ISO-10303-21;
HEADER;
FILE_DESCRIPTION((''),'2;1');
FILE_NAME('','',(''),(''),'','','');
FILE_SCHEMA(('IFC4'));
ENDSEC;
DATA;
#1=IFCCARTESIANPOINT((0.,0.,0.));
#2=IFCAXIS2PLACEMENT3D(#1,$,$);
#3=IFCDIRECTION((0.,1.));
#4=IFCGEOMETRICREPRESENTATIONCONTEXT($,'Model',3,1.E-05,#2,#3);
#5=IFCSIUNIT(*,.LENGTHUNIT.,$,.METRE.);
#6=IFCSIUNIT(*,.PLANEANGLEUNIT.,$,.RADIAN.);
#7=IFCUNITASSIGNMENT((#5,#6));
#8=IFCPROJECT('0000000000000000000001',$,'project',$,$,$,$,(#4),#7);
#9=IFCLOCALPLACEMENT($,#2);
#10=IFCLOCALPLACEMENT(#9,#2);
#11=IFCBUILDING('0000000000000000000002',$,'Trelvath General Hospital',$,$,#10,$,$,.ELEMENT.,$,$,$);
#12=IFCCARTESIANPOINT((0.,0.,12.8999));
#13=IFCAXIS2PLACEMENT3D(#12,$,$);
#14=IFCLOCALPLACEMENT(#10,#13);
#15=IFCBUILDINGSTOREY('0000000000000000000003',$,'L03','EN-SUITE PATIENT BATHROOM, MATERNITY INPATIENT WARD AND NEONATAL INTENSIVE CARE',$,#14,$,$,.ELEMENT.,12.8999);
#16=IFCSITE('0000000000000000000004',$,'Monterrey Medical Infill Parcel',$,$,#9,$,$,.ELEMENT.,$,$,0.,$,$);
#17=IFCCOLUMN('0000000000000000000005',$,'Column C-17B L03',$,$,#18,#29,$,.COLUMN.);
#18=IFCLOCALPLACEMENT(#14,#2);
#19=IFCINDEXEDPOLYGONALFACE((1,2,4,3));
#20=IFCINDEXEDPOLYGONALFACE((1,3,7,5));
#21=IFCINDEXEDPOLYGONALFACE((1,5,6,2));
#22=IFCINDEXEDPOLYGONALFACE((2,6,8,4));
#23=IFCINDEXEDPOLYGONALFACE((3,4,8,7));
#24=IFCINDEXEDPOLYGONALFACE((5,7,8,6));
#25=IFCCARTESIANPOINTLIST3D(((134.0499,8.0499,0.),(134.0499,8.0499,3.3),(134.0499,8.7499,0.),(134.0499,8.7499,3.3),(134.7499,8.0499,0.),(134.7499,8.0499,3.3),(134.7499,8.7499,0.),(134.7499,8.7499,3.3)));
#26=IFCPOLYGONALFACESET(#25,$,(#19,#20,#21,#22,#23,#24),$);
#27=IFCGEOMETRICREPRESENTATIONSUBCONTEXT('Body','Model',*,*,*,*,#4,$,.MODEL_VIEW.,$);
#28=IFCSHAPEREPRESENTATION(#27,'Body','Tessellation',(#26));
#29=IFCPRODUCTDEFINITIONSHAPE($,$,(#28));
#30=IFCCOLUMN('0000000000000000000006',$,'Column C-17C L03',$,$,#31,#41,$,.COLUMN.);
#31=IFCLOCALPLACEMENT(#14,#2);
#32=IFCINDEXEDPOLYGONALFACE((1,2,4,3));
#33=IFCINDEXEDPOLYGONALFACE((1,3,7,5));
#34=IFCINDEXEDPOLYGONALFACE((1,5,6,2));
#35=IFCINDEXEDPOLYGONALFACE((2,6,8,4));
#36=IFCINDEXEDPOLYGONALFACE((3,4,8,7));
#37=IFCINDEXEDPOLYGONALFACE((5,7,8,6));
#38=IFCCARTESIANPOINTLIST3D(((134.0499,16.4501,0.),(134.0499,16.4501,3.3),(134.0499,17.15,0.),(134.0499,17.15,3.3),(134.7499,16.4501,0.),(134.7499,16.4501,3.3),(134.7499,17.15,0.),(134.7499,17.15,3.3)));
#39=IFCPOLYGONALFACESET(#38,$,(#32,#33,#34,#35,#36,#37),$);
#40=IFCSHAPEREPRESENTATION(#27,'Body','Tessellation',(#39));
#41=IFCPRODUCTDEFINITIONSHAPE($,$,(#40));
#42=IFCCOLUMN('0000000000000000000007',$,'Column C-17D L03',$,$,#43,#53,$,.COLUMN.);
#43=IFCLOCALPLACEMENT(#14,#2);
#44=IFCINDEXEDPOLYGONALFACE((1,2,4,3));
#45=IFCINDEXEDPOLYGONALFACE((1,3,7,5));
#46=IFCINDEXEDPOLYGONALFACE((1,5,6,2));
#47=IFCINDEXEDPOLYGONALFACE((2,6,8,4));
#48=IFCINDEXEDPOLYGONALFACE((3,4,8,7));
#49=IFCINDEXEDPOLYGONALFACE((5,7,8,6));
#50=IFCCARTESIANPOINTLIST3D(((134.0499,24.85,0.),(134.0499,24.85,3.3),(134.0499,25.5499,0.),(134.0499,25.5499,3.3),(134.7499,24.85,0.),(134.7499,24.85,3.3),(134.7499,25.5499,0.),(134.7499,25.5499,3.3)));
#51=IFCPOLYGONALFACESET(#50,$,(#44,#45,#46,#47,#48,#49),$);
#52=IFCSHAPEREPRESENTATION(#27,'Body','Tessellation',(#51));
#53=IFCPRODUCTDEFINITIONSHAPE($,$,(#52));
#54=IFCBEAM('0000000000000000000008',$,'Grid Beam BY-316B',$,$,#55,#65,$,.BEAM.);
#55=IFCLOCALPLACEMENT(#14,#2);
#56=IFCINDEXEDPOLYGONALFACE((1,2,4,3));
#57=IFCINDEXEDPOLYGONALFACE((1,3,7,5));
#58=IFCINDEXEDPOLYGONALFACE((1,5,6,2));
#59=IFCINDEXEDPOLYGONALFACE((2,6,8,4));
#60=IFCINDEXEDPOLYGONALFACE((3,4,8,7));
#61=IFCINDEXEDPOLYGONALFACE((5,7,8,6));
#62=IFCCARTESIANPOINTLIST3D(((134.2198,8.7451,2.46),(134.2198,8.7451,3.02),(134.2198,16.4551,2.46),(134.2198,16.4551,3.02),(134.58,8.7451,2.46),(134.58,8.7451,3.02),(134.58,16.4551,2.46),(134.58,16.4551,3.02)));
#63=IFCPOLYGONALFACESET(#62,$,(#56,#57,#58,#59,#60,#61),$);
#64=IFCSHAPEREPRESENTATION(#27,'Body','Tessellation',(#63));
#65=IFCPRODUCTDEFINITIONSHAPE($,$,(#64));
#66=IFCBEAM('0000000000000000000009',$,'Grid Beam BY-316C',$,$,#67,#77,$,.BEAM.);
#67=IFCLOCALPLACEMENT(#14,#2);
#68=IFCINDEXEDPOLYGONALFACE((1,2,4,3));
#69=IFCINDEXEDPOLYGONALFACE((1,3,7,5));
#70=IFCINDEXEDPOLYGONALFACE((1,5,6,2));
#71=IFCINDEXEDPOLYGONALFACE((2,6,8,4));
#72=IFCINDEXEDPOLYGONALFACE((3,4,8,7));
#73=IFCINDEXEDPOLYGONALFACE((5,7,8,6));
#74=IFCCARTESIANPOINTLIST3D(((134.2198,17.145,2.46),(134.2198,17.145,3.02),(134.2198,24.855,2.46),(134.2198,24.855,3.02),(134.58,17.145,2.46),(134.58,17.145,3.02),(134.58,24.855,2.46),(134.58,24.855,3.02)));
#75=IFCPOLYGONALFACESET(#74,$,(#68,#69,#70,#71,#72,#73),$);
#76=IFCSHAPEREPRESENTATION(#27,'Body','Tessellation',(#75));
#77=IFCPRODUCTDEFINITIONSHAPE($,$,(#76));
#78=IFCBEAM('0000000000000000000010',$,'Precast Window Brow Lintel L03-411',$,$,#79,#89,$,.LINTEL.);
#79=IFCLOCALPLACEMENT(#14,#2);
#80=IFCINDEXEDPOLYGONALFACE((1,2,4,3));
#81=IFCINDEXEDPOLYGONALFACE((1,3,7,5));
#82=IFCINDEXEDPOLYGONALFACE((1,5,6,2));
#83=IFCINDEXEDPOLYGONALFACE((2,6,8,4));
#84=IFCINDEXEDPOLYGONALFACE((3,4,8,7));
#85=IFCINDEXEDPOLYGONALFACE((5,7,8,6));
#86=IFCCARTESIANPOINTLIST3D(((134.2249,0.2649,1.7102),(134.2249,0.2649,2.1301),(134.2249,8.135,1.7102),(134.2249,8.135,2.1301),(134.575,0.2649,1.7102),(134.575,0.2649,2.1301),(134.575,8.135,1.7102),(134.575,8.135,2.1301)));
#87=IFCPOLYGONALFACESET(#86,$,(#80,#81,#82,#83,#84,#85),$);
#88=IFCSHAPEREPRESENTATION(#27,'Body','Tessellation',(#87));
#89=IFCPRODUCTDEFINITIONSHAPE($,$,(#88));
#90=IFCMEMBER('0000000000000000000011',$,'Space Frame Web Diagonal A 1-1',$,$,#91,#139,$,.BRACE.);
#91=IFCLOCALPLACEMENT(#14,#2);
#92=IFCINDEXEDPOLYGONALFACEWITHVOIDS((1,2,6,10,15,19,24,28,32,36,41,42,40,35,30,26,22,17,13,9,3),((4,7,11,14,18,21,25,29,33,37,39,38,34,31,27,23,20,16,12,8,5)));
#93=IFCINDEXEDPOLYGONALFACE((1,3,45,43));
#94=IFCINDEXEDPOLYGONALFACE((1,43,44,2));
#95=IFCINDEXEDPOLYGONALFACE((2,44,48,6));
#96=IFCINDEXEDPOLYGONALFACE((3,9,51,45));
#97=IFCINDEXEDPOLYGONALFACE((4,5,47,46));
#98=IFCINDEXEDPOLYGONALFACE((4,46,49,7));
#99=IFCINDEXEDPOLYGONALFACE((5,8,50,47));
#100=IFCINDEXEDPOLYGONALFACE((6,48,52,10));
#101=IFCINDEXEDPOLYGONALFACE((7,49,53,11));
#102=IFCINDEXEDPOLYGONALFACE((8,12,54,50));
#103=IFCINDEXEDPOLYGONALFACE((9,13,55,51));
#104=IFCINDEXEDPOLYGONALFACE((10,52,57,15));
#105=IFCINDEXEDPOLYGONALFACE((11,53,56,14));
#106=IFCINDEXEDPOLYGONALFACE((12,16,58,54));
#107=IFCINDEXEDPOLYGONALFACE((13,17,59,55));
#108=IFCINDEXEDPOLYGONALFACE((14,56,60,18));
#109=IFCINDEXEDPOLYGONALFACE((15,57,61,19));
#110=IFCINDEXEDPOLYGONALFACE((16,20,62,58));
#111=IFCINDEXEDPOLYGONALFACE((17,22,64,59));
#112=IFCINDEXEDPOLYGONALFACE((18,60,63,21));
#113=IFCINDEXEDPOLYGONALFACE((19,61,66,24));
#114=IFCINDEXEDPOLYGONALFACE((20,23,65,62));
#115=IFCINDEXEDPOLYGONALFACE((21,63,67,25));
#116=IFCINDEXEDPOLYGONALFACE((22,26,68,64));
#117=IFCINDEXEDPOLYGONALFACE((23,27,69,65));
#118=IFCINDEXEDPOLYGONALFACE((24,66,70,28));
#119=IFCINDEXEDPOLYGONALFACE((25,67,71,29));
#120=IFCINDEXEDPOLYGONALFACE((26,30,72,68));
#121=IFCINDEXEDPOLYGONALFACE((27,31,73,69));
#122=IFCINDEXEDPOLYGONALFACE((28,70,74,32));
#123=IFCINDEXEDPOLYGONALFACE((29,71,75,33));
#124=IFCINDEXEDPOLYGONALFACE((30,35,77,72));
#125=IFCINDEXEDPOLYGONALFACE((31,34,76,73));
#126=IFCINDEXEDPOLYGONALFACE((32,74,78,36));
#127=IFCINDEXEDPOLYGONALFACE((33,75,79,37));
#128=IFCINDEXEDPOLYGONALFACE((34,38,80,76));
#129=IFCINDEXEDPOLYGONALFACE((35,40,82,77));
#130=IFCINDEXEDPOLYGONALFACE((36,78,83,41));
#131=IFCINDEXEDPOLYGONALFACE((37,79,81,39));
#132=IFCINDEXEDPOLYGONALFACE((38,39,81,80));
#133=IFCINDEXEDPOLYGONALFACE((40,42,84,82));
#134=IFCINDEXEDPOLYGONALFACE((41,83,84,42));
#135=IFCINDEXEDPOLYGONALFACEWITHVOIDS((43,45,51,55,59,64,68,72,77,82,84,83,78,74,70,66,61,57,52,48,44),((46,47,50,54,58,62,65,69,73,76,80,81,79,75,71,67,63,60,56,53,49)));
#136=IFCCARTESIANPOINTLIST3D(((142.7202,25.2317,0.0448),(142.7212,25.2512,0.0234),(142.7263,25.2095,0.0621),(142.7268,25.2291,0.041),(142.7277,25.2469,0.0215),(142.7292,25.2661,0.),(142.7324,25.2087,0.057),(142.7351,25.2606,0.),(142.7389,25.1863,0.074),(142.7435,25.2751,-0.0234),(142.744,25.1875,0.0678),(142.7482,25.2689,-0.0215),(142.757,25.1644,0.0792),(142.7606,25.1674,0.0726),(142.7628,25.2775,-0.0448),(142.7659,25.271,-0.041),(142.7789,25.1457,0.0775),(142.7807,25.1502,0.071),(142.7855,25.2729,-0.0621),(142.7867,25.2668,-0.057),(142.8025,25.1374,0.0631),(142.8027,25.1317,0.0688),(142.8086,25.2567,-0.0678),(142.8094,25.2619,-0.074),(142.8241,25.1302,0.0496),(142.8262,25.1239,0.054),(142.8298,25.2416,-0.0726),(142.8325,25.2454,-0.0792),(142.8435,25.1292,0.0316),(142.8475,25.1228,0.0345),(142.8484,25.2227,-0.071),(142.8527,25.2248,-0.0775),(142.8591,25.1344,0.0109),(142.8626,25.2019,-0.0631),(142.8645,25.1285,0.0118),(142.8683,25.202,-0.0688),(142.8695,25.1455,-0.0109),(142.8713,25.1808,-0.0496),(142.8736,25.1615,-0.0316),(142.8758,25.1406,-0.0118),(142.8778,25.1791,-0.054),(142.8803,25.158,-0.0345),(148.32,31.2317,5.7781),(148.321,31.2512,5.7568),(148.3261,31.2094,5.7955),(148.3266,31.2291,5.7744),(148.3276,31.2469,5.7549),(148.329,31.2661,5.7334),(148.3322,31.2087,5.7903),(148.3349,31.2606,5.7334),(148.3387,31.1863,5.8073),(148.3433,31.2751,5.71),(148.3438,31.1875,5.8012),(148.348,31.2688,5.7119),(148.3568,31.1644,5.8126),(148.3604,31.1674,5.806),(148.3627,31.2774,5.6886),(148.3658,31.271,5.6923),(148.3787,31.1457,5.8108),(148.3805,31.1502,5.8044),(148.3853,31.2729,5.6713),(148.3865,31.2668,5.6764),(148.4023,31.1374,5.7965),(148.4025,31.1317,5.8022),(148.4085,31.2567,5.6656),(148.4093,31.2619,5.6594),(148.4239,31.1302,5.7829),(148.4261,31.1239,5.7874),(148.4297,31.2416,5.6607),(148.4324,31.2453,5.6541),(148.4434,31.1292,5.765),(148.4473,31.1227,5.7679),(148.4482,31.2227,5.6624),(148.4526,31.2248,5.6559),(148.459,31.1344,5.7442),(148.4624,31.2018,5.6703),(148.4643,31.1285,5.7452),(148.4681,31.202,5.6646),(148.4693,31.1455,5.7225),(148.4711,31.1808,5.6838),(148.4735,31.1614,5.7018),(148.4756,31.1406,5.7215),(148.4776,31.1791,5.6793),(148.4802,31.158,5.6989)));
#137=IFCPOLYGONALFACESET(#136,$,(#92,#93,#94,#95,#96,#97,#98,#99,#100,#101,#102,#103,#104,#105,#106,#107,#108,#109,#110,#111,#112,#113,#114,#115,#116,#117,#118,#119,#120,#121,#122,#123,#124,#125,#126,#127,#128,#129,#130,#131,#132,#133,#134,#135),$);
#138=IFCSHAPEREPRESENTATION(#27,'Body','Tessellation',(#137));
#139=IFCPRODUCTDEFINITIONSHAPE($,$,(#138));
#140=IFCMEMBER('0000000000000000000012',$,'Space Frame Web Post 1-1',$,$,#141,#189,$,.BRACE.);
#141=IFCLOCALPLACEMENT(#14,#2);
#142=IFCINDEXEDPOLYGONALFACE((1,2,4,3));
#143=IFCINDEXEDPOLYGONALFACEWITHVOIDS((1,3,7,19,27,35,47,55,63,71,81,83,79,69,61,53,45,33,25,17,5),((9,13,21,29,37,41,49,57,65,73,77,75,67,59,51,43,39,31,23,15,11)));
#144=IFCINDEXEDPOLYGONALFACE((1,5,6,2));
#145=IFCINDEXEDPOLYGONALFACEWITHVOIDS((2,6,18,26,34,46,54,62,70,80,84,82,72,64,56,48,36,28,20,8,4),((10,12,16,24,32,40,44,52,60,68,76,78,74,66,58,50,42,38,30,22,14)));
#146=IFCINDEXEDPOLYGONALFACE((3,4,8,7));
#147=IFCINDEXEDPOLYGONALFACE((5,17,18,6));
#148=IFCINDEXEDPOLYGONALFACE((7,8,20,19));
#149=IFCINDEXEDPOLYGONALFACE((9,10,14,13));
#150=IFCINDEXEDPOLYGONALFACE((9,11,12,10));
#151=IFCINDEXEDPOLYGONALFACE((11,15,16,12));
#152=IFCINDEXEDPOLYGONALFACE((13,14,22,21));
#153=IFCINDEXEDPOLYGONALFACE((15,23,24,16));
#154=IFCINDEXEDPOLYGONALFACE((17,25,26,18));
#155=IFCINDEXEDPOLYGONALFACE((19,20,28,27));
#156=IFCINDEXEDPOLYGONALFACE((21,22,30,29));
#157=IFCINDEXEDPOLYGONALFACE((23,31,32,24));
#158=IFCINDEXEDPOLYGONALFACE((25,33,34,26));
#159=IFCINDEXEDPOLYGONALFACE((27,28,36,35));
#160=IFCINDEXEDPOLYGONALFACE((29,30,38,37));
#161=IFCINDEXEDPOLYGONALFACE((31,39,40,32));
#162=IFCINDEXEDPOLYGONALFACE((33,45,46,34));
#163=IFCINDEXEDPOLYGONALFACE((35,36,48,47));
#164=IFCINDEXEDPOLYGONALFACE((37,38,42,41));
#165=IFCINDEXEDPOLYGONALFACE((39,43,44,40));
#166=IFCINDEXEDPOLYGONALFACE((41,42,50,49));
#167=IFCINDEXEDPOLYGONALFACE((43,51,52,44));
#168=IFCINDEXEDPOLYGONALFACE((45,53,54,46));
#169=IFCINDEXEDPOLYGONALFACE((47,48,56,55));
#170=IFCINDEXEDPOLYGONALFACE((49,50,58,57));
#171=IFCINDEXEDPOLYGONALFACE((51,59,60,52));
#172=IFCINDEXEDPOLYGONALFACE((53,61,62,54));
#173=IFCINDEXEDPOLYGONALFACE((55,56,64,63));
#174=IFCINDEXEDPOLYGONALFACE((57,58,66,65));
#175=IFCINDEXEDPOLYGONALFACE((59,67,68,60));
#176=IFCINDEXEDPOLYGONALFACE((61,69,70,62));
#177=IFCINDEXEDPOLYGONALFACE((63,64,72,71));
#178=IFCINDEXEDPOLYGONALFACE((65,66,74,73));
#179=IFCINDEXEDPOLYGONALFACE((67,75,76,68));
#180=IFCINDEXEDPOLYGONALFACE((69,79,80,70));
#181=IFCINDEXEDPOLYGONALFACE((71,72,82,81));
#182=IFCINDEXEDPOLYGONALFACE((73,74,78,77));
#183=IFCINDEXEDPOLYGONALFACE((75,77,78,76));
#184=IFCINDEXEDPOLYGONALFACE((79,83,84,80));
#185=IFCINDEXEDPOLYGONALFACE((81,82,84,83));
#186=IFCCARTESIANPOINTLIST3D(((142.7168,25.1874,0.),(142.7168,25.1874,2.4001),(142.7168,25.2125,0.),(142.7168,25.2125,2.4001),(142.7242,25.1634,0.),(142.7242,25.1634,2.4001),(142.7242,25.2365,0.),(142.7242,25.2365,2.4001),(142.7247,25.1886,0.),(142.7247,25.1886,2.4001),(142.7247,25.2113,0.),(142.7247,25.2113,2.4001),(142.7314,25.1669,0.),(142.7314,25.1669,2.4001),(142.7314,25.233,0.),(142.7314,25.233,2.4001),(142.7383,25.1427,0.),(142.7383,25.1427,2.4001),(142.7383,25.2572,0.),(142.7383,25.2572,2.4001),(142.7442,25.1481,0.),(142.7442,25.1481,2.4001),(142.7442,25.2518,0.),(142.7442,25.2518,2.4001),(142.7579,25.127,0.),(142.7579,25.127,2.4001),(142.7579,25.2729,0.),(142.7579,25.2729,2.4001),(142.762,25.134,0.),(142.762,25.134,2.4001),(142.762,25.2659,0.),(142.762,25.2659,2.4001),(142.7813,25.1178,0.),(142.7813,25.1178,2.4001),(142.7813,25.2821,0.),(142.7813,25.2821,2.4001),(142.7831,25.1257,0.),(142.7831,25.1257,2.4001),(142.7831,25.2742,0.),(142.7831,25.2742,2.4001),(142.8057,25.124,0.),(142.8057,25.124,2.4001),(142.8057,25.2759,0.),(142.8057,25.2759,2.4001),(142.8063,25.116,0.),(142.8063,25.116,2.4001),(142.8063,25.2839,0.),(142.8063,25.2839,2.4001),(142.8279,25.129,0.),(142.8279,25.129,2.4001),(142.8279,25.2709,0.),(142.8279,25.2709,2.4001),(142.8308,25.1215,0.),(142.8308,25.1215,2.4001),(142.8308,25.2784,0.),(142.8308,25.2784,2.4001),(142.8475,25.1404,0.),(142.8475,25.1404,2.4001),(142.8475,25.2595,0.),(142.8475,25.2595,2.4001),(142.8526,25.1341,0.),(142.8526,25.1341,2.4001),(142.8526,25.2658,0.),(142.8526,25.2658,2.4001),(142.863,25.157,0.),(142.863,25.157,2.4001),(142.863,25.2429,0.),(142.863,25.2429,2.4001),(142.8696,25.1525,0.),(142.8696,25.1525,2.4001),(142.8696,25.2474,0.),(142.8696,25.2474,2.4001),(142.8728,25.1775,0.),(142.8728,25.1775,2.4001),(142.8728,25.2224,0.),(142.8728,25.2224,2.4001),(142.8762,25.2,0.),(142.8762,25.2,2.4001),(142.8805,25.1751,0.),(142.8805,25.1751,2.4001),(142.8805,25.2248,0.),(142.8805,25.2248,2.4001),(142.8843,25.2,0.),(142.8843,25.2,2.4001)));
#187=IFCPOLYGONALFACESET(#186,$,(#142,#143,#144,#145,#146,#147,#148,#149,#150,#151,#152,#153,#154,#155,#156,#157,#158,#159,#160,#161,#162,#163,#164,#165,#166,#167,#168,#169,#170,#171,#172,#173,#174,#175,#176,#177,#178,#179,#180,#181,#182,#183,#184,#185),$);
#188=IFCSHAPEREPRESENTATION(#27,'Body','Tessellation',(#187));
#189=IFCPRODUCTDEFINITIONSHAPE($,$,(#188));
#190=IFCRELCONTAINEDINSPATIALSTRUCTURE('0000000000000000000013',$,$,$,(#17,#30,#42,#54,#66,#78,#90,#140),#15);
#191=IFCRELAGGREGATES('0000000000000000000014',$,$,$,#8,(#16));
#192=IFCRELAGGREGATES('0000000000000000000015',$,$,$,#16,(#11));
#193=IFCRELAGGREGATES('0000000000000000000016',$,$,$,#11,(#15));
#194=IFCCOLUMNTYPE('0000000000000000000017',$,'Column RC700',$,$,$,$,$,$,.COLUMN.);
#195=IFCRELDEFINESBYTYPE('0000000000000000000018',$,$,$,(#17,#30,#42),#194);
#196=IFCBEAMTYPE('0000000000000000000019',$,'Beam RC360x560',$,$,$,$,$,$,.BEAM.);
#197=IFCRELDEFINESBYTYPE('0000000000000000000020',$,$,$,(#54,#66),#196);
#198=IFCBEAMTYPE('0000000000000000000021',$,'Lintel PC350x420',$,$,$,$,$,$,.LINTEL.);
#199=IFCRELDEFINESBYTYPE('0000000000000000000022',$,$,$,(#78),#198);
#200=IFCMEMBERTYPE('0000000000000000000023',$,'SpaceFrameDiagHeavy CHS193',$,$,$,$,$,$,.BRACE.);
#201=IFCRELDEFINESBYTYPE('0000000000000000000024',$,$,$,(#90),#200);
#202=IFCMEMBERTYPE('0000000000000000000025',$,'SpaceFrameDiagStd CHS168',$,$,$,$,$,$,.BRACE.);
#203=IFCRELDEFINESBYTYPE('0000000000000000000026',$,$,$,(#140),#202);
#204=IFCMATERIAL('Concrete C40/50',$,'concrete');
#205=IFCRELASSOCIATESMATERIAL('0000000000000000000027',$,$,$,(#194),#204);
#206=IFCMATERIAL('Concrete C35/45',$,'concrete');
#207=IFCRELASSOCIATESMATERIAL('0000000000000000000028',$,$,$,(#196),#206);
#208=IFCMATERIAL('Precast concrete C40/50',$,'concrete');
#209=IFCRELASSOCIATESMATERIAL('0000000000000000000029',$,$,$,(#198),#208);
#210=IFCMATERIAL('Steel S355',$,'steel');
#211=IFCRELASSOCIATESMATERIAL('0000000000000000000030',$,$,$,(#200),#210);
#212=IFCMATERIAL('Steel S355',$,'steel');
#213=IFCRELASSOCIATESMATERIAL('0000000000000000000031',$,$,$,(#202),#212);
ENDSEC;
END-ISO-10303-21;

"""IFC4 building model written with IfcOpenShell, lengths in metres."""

from ifc_helpers import new_model, si_unit, direction, frame, origin, origin_2d, place, context, subcontext, project, spatial, rectangle, hollow_circle, extrude, material, material_profile, profile_set, type_object, element, save


model = new_model("IFC4")

# Units and contexts
model_context = context("Model", 3, precision=1e-05, world=origin(), true_north=direction((0.0, 1.0)))
body_context = subcontext(model_context, "Body", "Model", "MODEL_VIEW")
ifc_project = project(units=[si_unit("LENGTHUNIT", "METRE"), si_unit("PLANEANGLEUNIT", "RADIAN")], contexts=[model_context])

# Site, building, storey
site_placement = place(None, origin())
site = spatial("IfcSite", under=ifc_project, at=site_placement, Name="Monterrey Medical Infill Parcel", CompositionType="ELEMENT", RefElevation=0.0)
building_placement = place(site_placement, origin())
building = spatial("IfcBuilding", under=site, at=building_placement, Name="Trelvath General Hospital", CompositionType="ELEMENT")
storey_placement = place(building_placement, frame((0.0, 0.0, 12.8999)))
storey = spatial("IfcBuildingStorey", under=building, at=storey_placement, Name="L03", Description="EN-SUITE PATIENT BATHROOM, MATERNITY INPATIENT WARD AND NEONATAL INTENSIVE CARE", CompositionType="ELEMENT", Elevation=12.8999)

# Columns
ifc_material_1 = material(Name="Concrete C40/50", Category="concrete")
ifc_material_profile_1 = material_profile(ifc_material_1, rectangle(XDim=0.7, YDim=0.7, at=origin_2d()), Name="RC700x700")
ifc_profile_set_1 = profile_set([ifc_material_profile_1], Name="Concrete C40/50")
column_type = type_object("IfcColumnType", Name="Column RC700", PredefinedType="COLUMN", material=ifc_profile_set_1)
for number, where, z_axis, x_axis, name in (
    (1, (134.3999, 8.3999, 0.0), (0.0, 0.0, 1.0), (1.0, 0.0, 0.0), "Column C-17B L03"),
    (2, (134.3999, 16.8, 0.0), (0.0, 0.0, 1.0), (1.0, 0.0, 0.0), "Column C-17C L03"),
    (3, (134.3999, 25.2, 0.0), (0.0, 0.0, 1.0), (1.0, 0.0, 0.0), "Column C-17D L03"),
):
    element("IfcColumn", number, at=place(storey_placement, frame(where, z_axis=z_axis, x_axis=x_axis)), inside=storey, type_object=column_type, Name=name, PredefinedType="COLUMN", context=body_context, shape_type="SweptSolid", body=[
        extrude(rectangle(XDim=0.7, YDim=0.7, at=origin_2d()), origin(), (0.0, 0.0, 1.0), 3.3),
    ])

# Beams
ifc_material_2 = material(Name="Concrete C35/45", Category="concrete")
ifc_material_profile_2 = material_profile(ifc_material_2, rectangle(XDim=0.3601, YDim=0.5601, at=origin_2d()), Name="RCB360x560")
ifc_profile_set_2 = profile_set([ifc_material_profile_2], Name="Concrete C35/45")
beam_type_1 = type_object("IfcBeamType", Name="Beam RC360x560", PredefinedType="BEAM", material=ifc_profile_set_2)
for number, where, z_axis, x_axis, name in (
    (4, (134.3999, 8.7451, 2.74), (0.0, 1.0, 0.0), (-1.0, 0.0, 0.0), "Grid Beam BY-316B"),
    (5, (134.3999, 17.145, 2.74), (0.0, 1.0, 0.0), (-1.0, 0.0, 0.0), "Grid Beam BY-316C"),
):
    element("IfcBeam", number, at=place(storey_placement, frame(where, z_axis=z_axis, x_axis=x_axis)), inside=storey, type_object=beam_type_1, Name=name, PredefinedType="BEAM", context=body_context, shape_type="SweptSolid", body=[
        extrude(rectangle(XDim=0.3601, YDim=0.5601, at=origin_2d()), origin(), (0.0, 0.0, 1.0), 7.71),
    ])
ifc_material_3 = material(Name="Precast concrete C40/50", Category="concrete")
ifc_material_profile_3 = material_profile(ifc_material_3, rectangle(XDim=0.3501, YDim=0.4199, at=origin_2d()), Name="PCL350x420")
ifc_profile_set_3 = profile_set([ifc_material_profile_3], Name="Precast concrete C40/50")
beam_type_2 = type_object("IfcBeamType", Name="Lintel PC350x420", PredefinedType="LINTEL", material=ifc_profile_set_3)
beam_placement = place(storey_placement, frame((134.3999, 8.135, 1.9202), z_axis=(0.0, -1.0, 0.0), x_axis=(1.0, 0.0, 0.0)))
element("IfcBeam", 6, at=beam_placement, inside=storey, type_object=beam_type_2, Name="Precast Window Brow Lintel L03-411", PredefinedType="LINTEL", context=body_context, shape_type="SweptSolid", body=[
    extrude(rectangle(XDim=0.3501, YDim=0.4199, at=origin_2d()), origin(), (0.0, 0.0, 1.0), 7.8701),
])

# Members
ifc_material_4 = material(Name="Steel S355", Category="steel")
ifc_material_profile_4 = material_profile(ifc_material_4, hollow_circle(Radius=0.0969, WallThickness=0.0081, at=origin_2d()), Name="CHS193.7x8.0")
ifc_profile_set_4 = profile_set([ifc_material_profile_4], Name="Steel S355")
member_type_1 = type_object("IfcMemberType", Name="SpaceFrameDiagHeavy CHS193", PredefinedType="BRACE", material=ifc_profile_set_4)
member_1_placement = place(storey_placement, frame((142.8, 25.2, 0.0), z_axis=(0.559342, 0.599311, 0.572681), x_axis=(-0.731064, 0.682309, 0.0)))
element("IfcMember", 7, at=member_1_placement, inside=storey, type_object=member_type_1, Name="Space Frame Web Diagonal A 1-1", PredefinedType="BRACE", context=body_context, shape_type="SweptSolid", body=[
    extrude(hollow_circle(Radius=0.0969, WallThickness=0.0081, at=origin_2d()), origin(), (0.0, 0.0, 1.0), 10.0115),
])
ifc_material_5 = material(Name="Steel S355", Category="steel")
ifc_material_profile_5 = material_profile(ifc_material_5, hollow_circle(Radius=0.0842, WallThickness=0.0081, at=origin_2d()), Name="CHS168.3x8.0")
ifc_profile_set_5 = profile_set([ifc_material_profile_5], Name="Steel S355")
member_type_2 = type_object("IfcMemberType", Name="SpaceFrameDiagStd CHS168", PredefinedType="BRACE", material=ifc_profile_set_5)
member_2_placement = place(storey_placement, frame((142.8, 25.2, 0.0), z_axis=(0.0, 0.0, 1.0), x_axis=(1.0, 0.0, 0.0)))
element("IfcMember", 8, at=member_2_placement, inside=storey, type_object=member_type_2, Name="Space Frame Web Post 1-1", PredefinedType="BRACE", context=body_context, shape_type="SweptSolid", body=[
    extrude(hollow_circle(Radius=0.0842, WallThickness=0.0081, at=origin_2d()), origin(), (0.0, 0.0, 1.0), 2.4001),
])

save(model, "model.ifc")
